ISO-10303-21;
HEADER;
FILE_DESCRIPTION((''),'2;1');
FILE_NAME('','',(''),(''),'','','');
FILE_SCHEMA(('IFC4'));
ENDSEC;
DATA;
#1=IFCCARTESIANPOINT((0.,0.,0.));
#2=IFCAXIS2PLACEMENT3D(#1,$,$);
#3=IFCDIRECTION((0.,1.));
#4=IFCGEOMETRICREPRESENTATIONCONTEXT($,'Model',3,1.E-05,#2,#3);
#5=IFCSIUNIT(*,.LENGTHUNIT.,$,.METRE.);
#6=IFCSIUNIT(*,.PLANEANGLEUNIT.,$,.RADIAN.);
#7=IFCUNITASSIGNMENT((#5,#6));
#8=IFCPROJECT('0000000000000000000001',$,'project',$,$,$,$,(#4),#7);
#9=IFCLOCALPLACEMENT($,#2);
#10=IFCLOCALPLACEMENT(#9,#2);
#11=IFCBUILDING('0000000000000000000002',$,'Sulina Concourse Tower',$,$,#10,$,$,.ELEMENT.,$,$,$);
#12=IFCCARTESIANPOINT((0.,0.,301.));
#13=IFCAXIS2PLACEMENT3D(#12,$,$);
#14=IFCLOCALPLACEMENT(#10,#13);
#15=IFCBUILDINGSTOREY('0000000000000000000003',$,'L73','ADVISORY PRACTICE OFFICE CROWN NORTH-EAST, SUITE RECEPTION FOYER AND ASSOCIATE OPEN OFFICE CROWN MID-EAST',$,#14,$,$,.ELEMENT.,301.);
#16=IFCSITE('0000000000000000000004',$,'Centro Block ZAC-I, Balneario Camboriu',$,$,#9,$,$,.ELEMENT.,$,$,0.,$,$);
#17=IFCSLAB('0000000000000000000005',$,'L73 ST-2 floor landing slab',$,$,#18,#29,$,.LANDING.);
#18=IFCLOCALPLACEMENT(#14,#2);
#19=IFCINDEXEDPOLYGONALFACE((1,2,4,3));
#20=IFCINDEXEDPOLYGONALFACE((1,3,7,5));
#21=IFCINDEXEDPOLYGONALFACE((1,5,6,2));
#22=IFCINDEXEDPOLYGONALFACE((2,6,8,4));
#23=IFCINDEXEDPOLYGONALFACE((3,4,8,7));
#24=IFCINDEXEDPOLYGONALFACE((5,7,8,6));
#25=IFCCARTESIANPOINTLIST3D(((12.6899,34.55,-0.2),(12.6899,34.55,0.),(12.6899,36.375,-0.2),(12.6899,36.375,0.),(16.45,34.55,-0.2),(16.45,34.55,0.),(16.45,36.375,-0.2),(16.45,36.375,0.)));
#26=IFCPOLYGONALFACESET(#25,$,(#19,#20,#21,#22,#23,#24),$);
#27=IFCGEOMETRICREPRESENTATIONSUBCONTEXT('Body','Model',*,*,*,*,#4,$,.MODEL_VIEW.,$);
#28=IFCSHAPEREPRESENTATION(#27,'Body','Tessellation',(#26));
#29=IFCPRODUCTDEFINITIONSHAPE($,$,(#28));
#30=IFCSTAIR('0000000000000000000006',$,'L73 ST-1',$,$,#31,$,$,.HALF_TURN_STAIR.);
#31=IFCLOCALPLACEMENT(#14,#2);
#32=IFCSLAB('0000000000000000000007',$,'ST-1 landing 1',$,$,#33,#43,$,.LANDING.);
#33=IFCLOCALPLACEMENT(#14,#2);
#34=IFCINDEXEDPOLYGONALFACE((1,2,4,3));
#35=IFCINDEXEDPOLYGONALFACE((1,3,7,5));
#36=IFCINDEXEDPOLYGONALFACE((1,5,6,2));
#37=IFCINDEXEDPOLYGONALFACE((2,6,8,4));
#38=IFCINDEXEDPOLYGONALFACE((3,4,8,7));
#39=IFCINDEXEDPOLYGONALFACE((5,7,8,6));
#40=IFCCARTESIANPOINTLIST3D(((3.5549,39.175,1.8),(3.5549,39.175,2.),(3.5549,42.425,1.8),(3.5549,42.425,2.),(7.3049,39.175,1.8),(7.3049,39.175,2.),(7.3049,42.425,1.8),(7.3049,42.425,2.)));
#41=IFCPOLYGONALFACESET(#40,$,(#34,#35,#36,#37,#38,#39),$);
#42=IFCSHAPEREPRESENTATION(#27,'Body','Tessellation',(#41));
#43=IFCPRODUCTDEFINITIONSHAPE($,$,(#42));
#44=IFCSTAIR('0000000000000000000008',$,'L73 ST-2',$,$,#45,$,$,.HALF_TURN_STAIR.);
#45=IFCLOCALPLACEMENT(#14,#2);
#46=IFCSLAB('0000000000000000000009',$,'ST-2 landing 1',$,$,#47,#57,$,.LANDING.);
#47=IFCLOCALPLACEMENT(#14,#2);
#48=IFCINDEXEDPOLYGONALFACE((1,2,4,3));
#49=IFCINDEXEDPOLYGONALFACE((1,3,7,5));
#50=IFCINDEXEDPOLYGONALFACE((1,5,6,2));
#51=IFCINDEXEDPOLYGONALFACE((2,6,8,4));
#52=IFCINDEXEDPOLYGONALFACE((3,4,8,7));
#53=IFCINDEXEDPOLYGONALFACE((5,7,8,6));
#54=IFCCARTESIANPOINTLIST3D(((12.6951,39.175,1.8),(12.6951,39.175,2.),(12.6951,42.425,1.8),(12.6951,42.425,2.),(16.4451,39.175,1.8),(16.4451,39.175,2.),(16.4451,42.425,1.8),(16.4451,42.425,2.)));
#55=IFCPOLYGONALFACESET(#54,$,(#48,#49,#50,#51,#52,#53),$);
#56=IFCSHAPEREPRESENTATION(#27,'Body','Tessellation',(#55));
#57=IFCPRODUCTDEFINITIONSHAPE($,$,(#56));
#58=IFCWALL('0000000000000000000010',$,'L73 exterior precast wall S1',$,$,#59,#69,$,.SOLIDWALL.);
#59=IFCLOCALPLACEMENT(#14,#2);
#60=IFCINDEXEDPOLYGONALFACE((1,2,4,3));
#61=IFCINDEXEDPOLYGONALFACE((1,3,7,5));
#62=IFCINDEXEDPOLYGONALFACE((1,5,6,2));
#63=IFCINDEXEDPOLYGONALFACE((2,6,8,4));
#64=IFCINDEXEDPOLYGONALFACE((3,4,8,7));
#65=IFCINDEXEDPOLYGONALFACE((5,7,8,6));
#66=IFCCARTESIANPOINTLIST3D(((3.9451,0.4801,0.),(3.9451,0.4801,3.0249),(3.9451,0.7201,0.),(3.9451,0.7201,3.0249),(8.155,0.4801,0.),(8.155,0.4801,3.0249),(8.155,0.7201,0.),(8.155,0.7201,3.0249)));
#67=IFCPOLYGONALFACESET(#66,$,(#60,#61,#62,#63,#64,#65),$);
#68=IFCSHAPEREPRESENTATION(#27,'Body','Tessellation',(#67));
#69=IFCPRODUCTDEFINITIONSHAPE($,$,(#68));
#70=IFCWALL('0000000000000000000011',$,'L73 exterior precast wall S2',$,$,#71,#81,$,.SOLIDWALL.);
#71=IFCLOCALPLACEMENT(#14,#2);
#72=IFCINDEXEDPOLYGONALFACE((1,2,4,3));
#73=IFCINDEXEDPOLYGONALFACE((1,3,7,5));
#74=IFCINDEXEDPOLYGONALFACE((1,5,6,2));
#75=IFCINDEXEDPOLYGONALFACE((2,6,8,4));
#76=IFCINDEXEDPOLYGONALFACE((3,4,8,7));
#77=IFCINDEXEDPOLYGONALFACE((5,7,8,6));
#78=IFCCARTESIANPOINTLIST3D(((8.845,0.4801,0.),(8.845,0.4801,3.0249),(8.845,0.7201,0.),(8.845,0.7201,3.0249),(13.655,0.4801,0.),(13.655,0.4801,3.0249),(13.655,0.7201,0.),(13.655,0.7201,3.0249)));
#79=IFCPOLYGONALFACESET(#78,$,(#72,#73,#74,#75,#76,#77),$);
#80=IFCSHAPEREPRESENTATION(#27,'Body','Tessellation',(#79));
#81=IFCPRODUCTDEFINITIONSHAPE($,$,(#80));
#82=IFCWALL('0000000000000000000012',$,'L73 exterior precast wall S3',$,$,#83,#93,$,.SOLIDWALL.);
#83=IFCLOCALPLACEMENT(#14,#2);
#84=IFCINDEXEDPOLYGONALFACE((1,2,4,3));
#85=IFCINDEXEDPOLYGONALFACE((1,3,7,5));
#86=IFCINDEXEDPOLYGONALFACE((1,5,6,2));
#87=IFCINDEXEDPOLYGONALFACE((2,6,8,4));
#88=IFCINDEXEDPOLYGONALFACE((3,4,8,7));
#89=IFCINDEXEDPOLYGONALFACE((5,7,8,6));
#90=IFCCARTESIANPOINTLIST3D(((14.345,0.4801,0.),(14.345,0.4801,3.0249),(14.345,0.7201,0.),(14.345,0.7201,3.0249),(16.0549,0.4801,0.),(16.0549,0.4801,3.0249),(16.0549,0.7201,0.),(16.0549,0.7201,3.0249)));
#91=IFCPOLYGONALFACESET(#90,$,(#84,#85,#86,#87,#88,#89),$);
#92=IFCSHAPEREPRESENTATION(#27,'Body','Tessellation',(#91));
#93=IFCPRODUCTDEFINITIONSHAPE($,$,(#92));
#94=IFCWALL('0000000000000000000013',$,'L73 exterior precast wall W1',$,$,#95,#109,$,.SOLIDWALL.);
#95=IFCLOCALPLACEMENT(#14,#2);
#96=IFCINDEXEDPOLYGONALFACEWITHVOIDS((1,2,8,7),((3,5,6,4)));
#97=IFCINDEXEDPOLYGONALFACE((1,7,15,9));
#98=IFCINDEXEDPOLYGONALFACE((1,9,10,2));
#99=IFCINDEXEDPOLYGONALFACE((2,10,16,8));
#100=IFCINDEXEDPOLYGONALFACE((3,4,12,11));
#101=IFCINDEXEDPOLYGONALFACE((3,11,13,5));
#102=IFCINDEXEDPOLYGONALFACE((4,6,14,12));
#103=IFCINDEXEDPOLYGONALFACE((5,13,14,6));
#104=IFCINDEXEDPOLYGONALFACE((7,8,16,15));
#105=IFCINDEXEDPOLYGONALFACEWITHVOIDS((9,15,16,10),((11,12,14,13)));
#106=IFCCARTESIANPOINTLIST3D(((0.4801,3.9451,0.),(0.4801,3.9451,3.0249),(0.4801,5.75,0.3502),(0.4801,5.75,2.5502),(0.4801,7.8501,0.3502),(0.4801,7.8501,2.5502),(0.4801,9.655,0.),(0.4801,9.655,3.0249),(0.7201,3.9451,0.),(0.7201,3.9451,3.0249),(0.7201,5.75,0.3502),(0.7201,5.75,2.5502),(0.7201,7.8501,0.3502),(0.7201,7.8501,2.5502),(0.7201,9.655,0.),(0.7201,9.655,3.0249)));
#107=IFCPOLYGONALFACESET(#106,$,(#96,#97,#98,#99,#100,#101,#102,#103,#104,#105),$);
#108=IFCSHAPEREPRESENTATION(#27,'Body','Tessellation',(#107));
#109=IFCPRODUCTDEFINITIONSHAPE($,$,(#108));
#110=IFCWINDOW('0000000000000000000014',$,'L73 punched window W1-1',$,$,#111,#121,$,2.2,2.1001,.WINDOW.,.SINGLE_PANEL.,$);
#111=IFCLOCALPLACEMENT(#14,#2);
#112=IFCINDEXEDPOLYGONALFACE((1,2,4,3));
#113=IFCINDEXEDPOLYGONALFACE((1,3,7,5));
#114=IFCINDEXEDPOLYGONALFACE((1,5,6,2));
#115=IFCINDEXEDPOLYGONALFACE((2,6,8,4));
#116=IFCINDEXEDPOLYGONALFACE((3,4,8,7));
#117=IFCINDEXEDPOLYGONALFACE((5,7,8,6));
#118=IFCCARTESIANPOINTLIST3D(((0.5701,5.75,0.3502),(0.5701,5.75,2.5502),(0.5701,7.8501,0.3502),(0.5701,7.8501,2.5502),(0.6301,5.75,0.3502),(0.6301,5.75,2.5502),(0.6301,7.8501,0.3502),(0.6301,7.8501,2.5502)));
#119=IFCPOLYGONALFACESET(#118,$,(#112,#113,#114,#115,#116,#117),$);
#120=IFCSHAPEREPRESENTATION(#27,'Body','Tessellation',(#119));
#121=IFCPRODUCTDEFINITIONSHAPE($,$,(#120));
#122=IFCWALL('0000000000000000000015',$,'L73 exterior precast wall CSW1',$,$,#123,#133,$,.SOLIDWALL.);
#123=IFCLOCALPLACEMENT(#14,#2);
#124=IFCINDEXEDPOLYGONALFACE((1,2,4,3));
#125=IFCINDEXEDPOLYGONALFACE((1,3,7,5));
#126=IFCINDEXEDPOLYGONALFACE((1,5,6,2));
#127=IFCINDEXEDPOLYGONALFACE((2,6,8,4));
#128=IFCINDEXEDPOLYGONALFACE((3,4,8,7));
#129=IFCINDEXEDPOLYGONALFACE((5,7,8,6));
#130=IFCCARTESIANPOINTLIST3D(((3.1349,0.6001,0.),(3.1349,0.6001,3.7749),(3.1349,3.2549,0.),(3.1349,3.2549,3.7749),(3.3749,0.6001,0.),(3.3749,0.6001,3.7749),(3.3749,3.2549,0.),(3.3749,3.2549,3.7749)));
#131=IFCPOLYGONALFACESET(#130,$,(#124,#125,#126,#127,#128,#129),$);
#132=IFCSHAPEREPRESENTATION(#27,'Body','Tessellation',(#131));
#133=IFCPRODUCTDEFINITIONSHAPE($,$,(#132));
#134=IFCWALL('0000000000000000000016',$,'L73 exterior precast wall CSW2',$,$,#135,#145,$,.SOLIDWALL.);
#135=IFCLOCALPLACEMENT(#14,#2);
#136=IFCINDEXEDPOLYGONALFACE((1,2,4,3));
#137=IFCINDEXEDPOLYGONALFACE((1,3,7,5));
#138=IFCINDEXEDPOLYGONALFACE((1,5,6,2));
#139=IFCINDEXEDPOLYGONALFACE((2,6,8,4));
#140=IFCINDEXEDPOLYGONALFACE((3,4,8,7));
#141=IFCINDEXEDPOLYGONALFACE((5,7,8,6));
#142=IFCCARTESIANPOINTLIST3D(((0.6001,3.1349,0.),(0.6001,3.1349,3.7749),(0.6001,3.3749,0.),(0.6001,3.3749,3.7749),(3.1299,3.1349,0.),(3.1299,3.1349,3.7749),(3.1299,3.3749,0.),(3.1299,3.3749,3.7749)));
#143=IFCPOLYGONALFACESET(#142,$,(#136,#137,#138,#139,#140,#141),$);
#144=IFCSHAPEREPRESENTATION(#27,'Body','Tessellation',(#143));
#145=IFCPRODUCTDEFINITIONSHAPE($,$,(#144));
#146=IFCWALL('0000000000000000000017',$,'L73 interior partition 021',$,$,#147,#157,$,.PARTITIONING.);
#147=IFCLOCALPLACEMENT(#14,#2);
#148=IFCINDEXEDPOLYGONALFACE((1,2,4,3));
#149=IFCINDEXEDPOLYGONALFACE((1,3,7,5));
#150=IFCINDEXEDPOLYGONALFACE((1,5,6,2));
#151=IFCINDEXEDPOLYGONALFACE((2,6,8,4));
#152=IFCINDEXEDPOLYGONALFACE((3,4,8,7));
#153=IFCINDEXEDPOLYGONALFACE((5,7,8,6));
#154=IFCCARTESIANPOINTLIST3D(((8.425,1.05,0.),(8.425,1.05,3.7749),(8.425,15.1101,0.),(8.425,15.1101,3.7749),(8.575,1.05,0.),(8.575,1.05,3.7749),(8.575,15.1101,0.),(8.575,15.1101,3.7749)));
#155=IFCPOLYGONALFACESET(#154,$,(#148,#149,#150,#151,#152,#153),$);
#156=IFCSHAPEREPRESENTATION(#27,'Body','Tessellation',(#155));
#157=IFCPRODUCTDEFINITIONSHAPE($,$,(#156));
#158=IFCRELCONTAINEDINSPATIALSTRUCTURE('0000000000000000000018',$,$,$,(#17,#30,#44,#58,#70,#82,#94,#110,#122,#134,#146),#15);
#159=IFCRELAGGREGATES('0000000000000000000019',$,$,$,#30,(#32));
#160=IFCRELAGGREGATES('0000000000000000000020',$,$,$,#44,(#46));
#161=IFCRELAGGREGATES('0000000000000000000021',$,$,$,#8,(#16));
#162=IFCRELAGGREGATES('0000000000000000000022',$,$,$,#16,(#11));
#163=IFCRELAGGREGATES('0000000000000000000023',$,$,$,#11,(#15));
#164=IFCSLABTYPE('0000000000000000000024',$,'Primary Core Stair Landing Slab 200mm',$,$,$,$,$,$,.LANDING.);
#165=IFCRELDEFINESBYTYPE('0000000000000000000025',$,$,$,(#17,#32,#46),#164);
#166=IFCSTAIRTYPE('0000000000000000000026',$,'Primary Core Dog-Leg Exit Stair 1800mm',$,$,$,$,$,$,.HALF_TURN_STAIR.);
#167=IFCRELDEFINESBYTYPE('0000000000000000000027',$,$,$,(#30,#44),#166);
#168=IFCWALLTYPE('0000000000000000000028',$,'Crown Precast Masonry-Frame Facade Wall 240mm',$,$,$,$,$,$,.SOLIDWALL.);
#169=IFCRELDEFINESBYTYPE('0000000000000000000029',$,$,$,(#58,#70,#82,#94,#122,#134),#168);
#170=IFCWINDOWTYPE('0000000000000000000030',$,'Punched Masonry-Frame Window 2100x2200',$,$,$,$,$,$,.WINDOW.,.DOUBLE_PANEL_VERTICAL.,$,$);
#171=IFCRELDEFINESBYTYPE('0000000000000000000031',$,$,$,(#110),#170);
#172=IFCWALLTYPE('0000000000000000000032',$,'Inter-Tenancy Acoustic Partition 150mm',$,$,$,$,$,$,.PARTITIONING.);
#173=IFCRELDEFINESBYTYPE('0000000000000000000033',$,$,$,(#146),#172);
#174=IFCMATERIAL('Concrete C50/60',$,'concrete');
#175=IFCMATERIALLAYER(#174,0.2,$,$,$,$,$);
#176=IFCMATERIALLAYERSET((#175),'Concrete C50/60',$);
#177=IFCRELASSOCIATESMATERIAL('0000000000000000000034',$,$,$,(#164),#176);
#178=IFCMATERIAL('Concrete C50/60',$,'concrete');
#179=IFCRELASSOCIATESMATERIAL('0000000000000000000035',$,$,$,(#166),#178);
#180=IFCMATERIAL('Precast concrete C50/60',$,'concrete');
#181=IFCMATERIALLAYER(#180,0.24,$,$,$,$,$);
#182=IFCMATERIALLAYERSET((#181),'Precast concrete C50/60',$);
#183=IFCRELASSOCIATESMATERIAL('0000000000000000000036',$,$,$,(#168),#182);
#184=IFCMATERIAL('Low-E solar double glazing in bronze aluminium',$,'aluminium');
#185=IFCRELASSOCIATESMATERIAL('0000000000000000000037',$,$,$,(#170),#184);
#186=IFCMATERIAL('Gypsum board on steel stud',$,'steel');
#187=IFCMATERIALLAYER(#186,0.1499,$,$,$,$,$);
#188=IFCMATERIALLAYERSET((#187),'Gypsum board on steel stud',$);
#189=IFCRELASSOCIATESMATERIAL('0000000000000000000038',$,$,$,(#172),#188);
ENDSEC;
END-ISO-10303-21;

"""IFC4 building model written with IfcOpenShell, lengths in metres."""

from ifc_helpers import new_model, si_unit, direction, frame, frame_2d, origin, place, context, subcontext, project, spatial, polyline, rectangle, outline, extrude, material, layer, layer_set, type_object, element, fill, aggregate, save


model = new_model("IFC4")

# Units and contexts
model_context = context("Model", 3, precision=1e-05, world=origin(), true_north=direction((0.0, 1.0)))
body_context = subcontext(model_context, "Body", "Model", "MODEL_VIEW")
ifc_project = project(units=[si_unit("LENGTHUNIT", "METRE"), si_unit("PLANEANGLEUNIT", "RADIAN")], contexts=[model_context])

# Site, building, storey
site_placement = place(None, origin())
site = spatial("IfcSite", under=ifc_project, at=site_placement, Name="Centro Block ZAC-I, Balneario Camboriu", CompositionType="ELEMENT", RefElevation=0.0)
building_placement = place(site_placement, origin())
building = spatial("IfcBuilding", under=site, at=building_placement, Name="Sulina Concourse Tower", CompositionType="ELEMENT")
storey_placement = place(building_placement, frame((0.0, 0.0, 301.0)))
storey = spatial("IfcBuildingStorey", under=building, at=storey_placement, Name="L73", Description="ADVISORY PRACTICE OFFICE CROWN NORTH-EAST, SUITE RECEPTION FOYER AND ASSOCIATE OPEN OFFICE CROWN MID-EAST", CompositionType="ELEMENT", Elevation=301.0)

# Slab
ifc_material_1 = material(Name="Concrete C50/60", Category="concrete")
ifc_layer_1 = layer(ifc_material_1, 0.2)
ifc_layer_set_1 = layer_set([ifc_layer_1], Name="Concrete C50/60")
slab_type_1 = type_object("IfcSlabType", Name="Primary Core Stair Landing Slab 200mm", PredefinedType="LANDING", material=ifc_layer_set_1)
slab_1_placement = place(storey_placement, frame((0.0, 0.0, -0.2)))
element("IfcSlab", 1, at=slab_1_placement, inside=storey, type_object=slab_type_1, Name="L73 ST-2 floor landing slab", PredefinedType="LANDING", context=body_context, shape_type="SweptSolid", body=[
    extrude(outline(polyline([(16.45, 34.55), (16.45, 36.375), (12.6899, 36.375), (12.6899, 34.55), (16.45, 34.55)])), origin(), (0.0, 0.0, 1.0), 0.2),
])

# Stairs, slabs
ifc_material_2 = material(Name="Concrete C50/60", Category="concrete")
stair_type = type_object("IfcStairType", Name="Primary Core Dog-Leg Exit Stair 1800mm", PredefinedType="HALF_TURN_STAIR", material=ifc_material_2)
stair_1_placement = place(storey_placement, origin())
stair_1 = element("IfcStair", 2, at=stair_1_placement, inside=storey, type_object=stair_type, Name="L73 ST-1", PredefinedType="HALF_TURN_STAIR")
slab_2_placement = place(storey_placement, frame((0.0, 0.0, 1.8)))
slab_2 = element("IfcSlab", 3, at=slab_2_placement, type_object=slab_type_1, Name="ST-1 landing 1", PredefinedType="LANDING", context=body_context, shape_type="SweptSolid", body=[
    extrude(outline(polyline([(7.3049, 39.175), (7.3049, 42.425), (3.5549, 42.425), (3.5549, 39.175), (7.3049, 39.175)])), origin(), (0.0, 0.0, 1.0), 0.2),
])
aggregate(stair_1, [slab_2])
stair_2_placement = place(storey_placement, origin())
stair_2 = element("IfcStair", 4, at=stair_2_placement, inside=storey, type_object=stair_type, Name="L73 ST-2", PredefinedType="HALF_TURN_STAIR")
slab_3_placement = place(storey_placement, frame((0.0, 0.0, 1.8)))
slab_3 = element("IfcSlab", 5, at=slab_3_placement, type_object=slab_type_1, Name="ST-2 landing 1", PredefinedType="LANDING", context=body_context, shape_type="SweptSolid", body=[
    extrude(outline(polyline([(16.4451, 39.175), (16.4451, 42.425), (12.6951, 42.425), (12.6951, 39.175), (16.4451, 39.175)])), origin(), (0.0, 0.0, 1.0), 0.2),
])
aggregate(stair_2, [slab_3])

# Walls
ifc_material_3 = material(Name="Precast concrete C50/60", Category="concrete")
ifc_layer_2 = layer(ifc_material_3, 0.24)
ifc_layer_set_2 = layer_set([ifc_layer_2], Name="Precast concrete C50/60")
wall_type_1 = type_object("IfcWallType", Name="Crown Precast Masonry-Frame Facade Wall 240mm", PredefinedType="SOLIDWALL", material=ifc_layer_set_2)
wall_1_placement = place(storey_placement, frame((8.155, 0.6001, 0.0), z_axis=(0.0, 0.0, 1.0), x_axis=(-1.0, 0.0, 0.0)))
element("IfcWall", 6, at=wall_1_placement, inside=storey, type_object=wall_type_1, Name="L73 exterior precast wall S1", PredefinedType="SOLIDWALL", context=body_context, shape_type="SweptSolid", body=[
    extrude(rectangle(XDim=4.21, YDim=0.24, at=frame_2d((2.105, 0.0))), origin(), (0.0, 0.0, 1.0), 3.0249),
])
wall_2_placement = place(storey_placement, frame((13.655, 0.6001, 0.0), z_axis=(0.0, 0.0, 1.0), x_axis=(-1.0, 0.0, 0.0)))
element("IfcWall", 7, at=wall_2_placement, inside=storey, type_object=wall_type_1, Name="L73 exterior precast wall S2", PredefinedType="SOLIDWALL", context=body_context, shape_type="SweptSolid", body=[
    extrude(rectangle(XDim=4.8101, YDim=0.24, at=frame_2d((2.405, 0.0))), origin(), (0.0, 0.0, 1.0), 3.0249),
])
wall_3_placement = place(storey_placement, frame((16.0549, 0.6001, 0.0), z_axis=(0.0, 0.0, 1.0), x_axis=(-1.0, 0.0, 0.0)))
element("IfcWall", 8, at=wall_3_placement, inside=storey, type_object=wall_type_1, Name="L73 exterior precast wall S3", PredefinedType="SOLIDWALL", context=body_context, shape_type="SweptSolid", body=[
    extrude(rectangle(XDim=1.71, YDim=0.24, at=frame_2d((0.855, 0.0))), origin(), (0.0, 0.0, 1.0), 3.0249),
])

# Wall, opening, window
wall_4_placement = place(storey_placement, frame((0.6001, 3.9451, 0.0), z_axis=(0.0, 0.0, 1.0), x_axis=(0.0, 1.0, 0.0)))
wall_4 = element("IfcWall", 9, at=wall_4_placement, inside=storey, type_object=wall_type_1, Name="L73 exterior precast wall W1", PredefinedType="SOLIDWALL", context=body_context, shape_type="SweptSolid", body=[
    extrude(rectangle(XDim=5.71, YDim=0.24, at=frame_2d((2.855, 0.0))), origin(), (0.0, 0.0, 1.0), 3.0249),
])
opening_placement = place(wall_4_placement, frame((1.8049, 0.0, 0.3501)))
opening = element("IfcOpeningElement", 10, at=opening_placement, cuts=wall_4, PredefinedType="OPENING", context=body_context, shape_type="SweptSolid", body=[
    extrude(rectangle(XDim=2.1001, YDim=2.2, at=frame_2d((1.05, 1.1001))), frame((0.0, 0.1299, 0.0), z_axis=(0.0, -1.0, 0.0), x_axis=(1.0, 0.0, 0.0)), (0.0, 0.0, 1.0), 0.26),
])
ifc_material_4 = material(Name="Low-E solar double glazing in bronze aluminium", Category="aluminium")
window_type = type_object("IfcWindowType", Name="Punched Masonry-Frame Window 2100x2200", PartitioningType="DOUBLE_PANEL_VERTICAL", PredefinedType="WINDOW", material=ifc_material_4)
window_placement = place(opening_placement, origin())
window = element("IfcWindow", 11, at=window_placement, inside=storey, type_object=window_type, Name="L73 punched window W1-1", OverallHeight=2.2, OverallWidth=2.1001, PartitioningType="SINGLE_PANEL", PredefinedType="WINDOW", context=body_context, shape_type="SweptSolid", body=[
    extrude(rectangle(XDim=2.1001, YDim=2.2, at=frame_2d((1.05, 1.1001))), frame((0.0, 0.03, 0.0), z_axis=(0.0, -1.0, 0.0), x_axis=(1.0, 0.0, 0.0)), (0.0, 0.0, 1.0), 0.0601),
])
fill(opening, window)

# Walls
wall_5_placement = place(storey_placement, frame((3.2549, 0.6001, 0.0), z_axis=(0.0, 0.0, 1.0), x_axis=(0.0, 1.0, 0.0)))
element("IfcWall", 12, at=wall_5_placement, inside=storey, type_object=wall_type_1, Name="L73 exterior precast wall CSW1", PredefinedType="SOLIDWALL", context=body_context, shape_type="SweptSolid", body=[
    extrude(rectangle(XDim=2.6548, YDim=0.24, at=frame_2d((1.3274, 0.0))), origin(), (0.0, 0.0, 1.0), 3.7749),
])
wall_6_placement = place(storey_placement, frame((3.1299, 3.2549, 0.0), z_axis=(0.0, 0.0, 1.0), x_axis=(-1.0, 0.0, 0.0)))
element("IfcWall", 13, at=wall_6_placement, inside=storey, type_object=wall_type_1, Name="L73 exterior precast wall CSW2", PredefinedType="SOLIDWALL", context=body_context, shape_type="SweptSolid", body=[
    extrude(rectangle(XDim=2.5298, YDim=0.24, at=frame_2d((1.2649, 0.0))), origin(), (0.0, 0.0, 1.0), 3.7749),
])
ifc_material_5 = material(Name="Gypsum board on steel stud", Category="steel")
ifc_layer_3 = layer(ifc_material_5, 0.1499)
ifc_layer_set_3 = layer_set([ifc_layer_3], Name="Gypsum board on steel stud")
wall_type_2 = type_object("IfcWallType", Name="Inter-Tenancy Acoustic Partition 150mm", PredefinedType="PARTITIONING", material=ifc_layer_set_3)
wall_7_placement = place(storey_placement, frame((8.5, 1.05, 0.0), z_axis=(0.0, 0.0, 1.0), x_axis=(0.0, 1.0, 0.0)))
element("IfcWall", 14, at=wall_7_placement, inside=storey, type_object=wall_type_2, Name="L73 interior partition 021", PredefinedType="PARTITIONING", context=body_context, shape_type="SweptSolid", body=[
    extrude(rectangle(XDim=14.0601, YDim=0.1499, at=frame_2d((7.03, 0.0))), origin(), (0.0, 0.0, 1.0), 3.7749),
])

save(model, "model.ifc")
